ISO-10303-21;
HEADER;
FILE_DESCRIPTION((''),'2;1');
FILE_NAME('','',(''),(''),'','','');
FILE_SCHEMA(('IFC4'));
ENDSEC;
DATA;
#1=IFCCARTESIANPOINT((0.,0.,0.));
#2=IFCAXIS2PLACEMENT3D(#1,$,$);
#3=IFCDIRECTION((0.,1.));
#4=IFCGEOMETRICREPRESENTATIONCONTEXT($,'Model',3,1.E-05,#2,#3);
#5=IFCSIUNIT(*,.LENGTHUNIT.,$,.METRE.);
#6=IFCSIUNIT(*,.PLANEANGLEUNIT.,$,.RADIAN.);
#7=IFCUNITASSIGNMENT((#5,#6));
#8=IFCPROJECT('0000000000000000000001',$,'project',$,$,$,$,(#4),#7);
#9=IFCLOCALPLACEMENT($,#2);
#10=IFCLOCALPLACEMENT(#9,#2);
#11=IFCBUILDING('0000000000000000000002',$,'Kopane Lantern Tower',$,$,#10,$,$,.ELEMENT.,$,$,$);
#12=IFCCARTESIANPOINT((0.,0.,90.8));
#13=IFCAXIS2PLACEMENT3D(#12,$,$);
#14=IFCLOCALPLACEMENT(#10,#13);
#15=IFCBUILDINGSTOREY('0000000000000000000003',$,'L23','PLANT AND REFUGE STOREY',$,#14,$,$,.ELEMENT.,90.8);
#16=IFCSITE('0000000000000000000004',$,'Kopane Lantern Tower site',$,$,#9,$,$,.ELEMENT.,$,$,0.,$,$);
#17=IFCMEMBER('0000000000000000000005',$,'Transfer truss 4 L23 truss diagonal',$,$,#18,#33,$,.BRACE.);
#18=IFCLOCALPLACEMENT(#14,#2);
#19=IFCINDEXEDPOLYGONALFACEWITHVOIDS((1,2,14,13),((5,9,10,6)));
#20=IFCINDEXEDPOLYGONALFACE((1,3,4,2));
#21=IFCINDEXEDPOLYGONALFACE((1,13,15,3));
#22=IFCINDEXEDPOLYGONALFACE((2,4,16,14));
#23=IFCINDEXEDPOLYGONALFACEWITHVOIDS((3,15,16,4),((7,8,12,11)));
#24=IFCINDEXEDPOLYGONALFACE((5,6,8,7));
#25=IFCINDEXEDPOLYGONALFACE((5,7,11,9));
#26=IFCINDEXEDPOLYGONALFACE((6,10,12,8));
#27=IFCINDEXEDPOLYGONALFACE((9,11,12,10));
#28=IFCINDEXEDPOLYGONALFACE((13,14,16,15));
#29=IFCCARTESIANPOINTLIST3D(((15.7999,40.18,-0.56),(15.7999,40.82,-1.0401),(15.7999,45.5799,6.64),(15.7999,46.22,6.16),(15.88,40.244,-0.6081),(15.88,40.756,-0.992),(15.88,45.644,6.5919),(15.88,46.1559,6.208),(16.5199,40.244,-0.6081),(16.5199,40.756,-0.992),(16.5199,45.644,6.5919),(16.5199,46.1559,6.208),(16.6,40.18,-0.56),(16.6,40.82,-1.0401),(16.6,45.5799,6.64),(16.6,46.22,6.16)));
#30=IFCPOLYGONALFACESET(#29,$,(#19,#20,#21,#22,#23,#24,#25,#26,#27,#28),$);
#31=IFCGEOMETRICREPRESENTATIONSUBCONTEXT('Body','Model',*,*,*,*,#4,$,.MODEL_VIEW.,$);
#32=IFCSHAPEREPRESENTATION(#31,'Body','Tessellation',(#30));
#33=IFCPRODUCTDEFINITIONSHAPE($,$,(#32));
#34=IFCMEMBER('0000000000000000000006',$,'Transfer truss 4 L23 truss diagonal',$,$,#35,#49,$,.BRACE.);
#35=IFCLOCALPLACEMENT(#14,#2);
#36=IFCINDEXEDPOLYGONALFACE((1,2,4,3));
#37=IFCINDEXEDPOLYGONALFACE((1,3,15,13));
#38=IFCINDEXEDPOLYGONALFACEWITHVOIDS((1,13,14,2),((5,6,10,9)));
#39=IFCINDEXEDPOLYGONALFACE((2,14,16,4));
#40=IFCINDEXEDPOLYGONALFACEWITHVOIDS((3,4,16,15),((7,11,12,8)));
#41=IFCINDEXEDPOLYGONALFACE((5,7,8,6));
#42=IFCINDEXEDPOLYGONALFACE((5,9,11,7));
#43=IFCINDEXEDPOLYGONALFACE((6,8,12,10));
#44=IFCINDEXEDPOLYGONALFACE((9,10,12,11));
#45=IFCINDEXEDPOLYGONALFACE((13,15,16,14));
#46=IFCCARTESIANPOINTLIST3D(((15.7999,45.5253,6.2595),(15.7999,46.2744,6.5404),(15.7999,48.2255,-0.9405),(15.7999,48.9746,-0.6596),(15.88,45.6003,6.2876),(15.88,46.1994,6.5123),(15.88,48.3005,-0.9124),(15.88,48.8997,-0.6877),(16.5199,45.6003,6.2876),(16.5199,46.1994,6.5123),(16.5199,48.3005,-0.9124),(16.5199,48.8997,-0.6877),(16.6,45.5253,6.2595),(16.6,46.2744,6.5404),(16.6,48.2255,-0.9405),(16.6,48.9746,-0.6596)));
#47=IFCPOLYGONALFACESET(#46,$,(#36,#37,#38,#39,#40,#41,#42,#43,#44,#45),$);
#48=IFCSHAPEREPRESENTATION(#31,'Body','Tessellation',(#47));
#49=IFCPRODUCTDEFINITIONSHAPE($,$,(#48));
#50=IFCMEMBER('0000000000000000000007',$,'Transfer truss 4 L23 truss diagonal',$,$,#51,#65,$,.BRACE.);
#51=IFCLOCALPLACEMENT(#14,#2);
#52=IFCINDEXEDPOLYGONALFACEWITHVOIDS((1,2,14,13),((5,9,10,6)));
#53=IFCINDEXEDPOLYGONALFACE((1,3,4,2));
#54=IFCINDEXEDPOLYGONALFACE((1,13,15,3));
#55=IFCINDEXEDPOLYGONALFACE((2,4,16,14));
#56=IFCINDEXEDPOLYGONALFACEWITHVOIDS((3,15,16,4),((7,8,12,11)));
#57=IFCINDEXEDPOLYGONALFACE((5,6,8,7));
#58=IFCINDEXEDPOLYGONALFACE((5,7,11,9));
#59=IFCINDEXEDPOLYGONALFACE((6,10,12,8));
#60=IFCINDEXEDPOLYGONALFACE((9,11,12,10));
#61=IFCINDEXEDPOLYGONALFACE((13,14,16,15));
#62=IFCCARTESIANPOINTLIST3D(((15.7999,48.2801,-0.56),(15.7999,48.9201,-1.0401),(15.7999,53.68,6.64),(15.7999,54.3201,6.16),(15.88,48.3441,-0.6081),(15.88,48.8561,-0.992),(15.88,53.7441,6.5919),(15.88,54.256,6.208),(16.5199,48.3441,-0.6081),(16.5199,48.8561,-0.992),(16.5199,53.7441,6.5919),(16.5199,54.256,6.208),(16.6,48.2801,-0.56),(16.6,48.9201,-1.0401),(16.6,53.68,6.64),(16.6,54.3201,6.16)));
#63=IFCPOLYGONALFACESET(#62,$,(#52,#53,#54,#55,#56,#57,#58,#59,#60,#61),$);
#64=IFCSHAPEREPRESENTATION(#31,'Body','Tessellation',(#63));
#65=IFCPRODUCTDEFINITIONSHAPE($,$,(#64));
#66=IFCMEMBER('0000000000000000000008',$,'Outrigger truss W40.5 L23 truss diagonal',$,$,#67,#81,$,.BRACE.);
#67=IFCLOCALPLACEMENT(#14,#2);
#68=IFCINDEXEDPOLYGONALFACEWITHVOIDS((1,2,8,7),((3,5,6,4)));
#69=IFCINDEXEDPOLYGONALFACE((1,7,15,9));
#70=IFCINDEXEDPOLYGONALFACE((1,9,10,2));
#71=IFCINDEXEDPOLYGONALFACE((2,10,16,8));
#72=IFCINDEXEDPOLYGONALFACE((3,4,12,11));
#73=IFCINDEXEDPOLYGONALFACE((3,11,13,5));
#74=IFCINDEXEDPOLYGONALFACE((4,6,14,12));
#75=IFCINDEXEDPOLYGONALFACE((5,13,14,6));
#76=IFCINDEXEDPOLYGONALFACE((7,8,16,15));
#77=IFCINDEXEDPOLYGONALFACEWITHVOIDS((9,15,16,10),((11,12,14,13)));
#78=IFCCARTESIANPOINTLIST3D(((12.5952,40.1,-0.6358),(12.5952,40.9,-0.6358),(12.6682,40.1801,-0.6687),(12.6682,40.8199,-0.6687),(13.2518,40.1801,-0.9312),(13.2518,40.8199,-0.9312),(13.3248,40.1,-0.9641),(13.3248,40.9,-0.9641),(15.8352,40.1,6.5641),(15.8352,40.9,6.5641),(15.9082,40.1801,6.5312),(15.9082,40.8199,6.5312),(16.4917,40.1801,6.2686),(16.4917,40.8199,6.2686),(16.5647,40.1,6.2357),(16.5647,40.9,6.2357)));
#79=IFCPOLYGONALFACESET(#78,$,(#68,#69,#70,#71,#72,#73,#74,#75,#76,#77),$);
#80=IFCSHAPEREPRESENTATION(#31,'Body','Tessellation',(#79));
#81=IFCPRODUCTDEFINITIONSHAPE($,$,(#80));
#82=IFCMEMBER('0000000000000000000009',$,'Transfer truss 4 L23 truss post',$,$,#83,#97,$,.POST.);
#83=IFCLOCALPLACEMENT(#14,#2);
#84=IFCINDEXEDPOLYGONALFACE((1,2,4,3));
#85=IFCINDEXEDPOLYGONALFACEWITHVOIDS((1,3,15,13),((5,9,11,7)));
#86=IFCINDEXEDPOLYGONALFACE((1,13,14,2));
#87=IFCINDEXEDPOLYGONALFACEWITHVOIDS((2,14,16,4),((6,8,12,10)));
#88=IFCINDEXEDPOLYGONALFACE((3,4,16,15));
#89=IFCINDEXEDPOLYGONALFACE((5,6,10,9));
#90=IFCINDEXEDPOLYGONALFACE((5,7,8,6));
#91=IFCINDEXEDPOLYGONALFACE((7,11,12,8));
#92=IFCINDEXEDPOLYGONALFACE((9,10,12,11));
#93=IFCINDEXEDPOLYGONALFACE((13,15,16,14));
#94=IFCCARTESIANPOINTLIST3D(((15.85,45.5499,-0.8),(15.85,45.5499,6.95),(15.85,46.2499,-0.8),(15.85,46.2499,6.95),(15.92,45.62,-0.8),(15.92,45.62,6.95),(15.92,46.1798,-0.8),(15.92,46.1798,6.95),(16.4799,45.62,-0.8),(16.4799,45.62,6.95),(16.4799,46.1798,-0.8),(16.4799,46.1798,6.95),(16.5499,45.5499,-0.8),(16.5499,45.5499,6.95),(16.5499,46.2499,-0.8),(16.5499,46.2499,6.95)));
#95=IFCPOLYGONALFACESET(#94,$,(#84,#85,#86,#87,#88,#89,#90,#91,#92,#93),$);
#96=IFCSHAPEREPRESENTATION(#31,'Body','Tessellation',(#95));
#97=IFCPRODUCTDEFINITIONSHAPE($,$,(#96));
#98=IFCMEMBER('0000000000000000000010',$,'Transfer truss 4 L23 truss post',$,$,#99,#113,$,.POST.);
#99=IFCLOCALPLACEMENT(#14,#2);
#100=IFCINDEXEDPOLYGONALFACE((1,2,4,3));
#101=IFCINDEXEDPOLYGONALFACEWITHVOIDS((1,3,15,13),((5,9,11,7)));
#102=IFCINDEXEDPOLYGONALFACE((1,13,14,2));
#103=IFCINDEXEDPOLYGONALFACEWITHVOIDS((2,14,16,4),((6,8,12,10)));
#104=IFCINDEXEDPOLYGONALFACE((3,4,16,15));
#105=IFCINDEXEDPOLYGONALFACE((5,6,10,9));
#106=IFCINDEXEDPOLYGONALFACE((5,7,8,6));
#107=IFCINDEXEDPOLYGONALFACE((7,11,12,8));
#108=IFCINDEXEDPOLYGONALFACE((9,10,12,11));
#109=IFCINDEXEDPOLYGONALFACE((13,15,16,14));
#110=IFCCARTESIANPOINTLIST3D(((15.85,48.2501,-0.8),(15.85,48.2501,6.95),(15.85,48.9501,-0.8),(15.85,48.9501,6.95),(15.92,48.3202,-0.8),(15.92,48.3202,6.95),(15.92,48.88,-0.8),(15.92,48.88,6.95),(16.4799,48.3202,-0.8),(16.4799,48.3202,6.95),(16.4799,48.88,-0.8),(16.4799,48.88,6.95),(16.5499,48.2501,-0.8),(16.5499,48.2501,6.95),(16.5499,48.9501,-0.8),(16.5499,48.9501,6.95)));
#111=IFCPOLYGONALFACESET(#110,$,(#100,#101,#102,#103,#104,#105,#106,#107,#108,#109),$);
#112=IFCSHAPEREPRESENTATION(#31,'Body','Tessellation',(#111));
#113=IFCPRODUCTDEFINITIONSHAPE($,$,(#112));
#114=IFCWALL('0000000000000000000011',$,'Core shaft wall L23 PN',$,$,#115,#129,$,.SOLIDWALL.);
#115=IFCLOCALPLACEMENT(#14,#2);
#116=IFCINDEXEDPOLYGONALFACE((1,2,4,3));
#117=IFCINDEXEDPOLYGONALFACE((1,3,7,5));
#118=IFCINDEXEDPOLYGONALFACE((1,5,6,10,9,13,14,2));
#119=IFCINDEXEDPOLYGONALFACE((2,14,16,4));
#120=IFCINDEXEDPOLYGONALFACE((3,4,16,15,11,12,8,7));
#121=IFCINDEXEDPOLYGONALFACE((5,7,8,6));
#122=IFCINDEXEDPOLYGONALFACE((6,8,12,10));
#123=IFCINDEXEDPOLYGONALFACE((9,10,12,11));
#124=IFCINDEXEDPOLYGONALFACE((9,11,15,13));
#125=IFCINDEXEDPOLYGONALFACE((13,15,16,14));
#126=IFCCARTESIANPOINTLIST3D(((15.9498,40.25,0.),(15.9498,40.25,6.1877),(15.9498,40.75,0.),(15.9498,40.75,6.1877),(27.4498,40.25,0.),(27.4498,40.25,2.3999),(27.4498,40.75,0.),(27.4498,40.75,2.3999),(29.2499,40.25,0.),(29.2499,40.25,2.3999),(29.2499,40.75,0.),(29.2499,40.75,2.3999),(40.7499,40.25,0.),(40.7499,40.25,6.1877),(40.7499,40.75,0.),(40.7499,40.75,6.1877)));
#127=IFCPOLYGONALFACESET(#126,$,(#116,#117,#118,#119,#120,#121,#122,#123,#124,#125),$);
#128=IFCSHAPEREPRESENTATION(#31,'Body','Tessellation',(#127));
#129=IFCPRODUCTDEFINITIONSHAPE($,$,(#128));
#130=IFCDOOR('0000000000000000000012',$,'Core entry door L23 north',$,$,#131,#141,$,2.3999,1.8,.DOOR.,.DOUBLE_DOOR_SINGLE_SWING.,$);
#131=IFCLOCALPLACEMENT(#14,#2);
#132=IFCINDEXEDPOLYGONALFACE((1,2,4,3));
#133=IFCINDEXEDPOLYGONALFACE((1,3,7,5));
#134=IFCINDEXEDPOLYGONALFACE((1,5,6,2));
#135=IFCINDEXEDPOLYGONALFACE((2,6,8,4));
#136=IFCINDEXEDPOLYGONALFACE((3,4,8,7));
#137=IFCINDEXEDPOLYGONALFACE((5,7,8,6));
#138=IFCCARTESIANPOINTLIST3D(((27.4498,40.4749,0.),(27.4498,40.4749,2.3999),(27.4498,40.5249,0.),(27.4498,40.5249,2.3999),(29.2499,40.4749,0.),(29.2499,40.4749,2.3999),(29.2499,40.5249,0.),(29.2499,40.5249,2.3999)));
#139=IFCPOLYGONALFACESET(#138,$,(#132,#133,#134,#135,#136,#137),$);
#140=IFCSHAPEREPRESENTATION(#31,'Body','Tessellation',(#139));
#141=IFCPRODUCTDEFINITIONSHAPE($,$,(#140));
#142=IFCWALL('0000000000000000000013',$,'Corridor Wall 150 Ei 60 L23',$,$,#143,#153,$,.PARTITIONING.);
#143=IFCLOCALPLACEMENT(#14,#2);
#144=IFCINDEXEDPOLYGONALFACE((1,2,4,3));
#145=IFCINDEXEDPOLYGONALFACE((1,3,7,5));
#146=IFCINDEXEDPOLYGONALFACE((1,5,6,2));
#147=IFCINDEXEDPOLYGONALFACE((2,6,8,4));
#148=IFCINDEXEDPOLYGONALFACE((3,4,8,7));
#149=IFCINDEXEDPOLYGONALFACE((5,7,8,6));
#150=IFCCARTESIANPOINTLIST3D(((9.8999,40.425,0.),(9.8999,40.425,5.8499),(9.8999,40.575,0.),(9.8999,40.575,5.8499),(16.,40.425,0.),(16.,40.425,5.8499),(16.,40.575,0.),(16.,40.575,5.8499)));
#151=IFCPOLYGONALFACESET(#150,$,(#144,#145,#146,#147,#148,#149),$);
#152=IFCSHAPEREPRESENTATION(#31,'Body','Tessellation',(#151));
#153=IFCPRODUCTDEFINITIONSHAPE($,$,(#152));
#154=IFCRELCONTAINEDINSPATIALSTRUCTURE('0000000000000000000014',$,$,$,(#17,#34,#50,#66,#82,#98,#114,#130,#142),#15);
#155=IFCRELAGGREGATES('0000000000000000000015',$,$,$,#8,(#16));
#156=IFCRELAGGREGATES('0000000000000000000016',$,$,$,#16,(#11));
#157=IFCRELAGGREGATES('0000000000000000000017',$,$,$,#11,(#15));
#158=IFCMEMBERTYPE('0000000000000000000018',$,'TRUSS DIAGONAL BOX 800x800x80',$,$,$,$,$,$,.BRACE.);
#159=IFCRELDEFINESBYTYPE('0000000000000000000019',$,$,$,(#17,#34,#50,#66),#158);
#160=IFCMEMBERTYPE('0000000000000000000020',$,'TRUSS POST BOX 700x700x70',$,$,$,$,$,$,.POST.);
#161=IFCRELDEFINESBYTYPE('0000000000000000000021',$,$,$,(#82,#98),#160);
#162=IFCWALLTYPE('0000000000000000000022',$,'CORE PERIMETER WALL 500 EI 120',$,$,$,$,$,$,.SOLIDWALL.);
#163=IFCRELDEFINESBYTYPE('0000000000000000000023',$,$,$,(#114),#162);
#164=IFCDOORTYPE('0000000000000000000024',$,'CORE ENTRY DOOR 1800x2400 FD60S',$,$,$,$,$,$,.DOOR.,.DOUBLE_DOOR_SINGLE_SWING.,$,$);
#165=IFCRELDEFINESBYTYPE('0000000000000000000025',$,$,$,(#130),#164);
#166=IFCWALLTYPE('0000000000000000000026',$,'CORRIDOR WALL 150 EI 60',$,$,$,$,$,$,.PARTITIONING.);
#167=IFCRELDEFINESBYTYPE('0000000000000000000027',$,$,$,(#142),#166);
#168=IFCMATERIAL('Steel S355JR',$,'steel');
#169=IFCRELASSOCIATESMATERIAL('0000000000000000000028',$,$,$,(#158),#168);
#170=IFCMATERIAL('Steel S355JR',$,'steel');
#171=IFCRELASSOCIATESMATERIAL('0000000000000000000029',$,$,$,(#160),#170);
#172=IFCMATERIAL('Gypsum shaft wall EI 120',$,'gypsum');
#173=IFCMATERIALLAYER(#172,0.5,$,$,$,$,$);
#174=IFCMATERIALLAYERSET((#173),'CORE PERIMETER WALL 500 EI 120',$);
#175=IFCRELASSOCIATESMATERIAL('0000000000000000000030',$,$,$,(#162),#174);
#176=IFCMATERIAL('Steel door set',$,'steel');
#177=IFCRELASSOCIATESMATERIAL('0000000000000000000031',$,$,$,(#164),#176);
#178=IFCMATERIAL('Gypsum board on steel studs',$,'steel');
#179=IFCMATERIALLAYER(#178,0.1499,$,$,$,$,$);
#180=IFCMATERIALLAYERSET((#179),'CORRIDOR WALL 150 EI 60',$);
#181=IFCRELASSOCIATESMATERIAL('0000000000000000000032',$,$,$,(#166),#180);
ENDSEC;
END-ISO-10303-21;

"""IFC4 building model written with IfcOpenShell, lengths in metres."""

from ifc_helpers import new_model, si_unit, direction, frame, frame_2d, origin, origin_2d, place, context, subcontext, project, spatial, rectangle, hollow_rectangle, extrude, material, layer, layer_set, material_profile, profile_set, type_object, element, fill, save


model = new_model("IFC4")

# Units and contexts
model_context = context("Model", 3, precision=1e-05, world=origin(), true_north=direction((0.0, 1.0)))
body_context = subcontext(model_context, "Body", "Model", "MODEL_VIEW")
ifc_project = project(units=[si_unit("LENGTHUNIT", "METRE"), si_unit("PLANEANGLEUNIT", "RADIAN")], contexts=[model_context])

# Site, building, storey
site_placement = place(None, origin())
site = spatial("IfcSite", under=ifc_project, at=site_placement, Name="Kopane Lantern Tower site", CompositionType="ELEMENT", RefElevation=0.0)
building_placement = place(site_placement, origin())
building = spatial("IfcBuilding", under=site, at=building_placement, Name="Kopane Lantern Tower", CompositionType="ELEMENT")
storey_placement = place(building_placement, frame((0.0, 0.0, 90.8)))
storey = spatial("IfcBuildingStorey", under=building, at=storey_placement, Name="L23", Description="PLANT AND REFUGE STOREY", CompositionType="ELEMENT", Elevation=90.8)

# Members
ifc_material_1 = material(Name="Steel S355JR", Category="steel")
ifc_material_profile_1 = material_profile(ifc_material_1, hollow_rectangle(XDim=0.8, YDim=0.8, WallThickness=0.0801, at=origin_2d()), Name="BOX 800x800x80")
ifc_profile_set_1 = profile_set([ifc_material_profile_1], Name="Steel S355JR")
member_type_1 = type_object("IfcMemberType", Name="TRUSS DIAGONAL BOX 800x800x80", PredefinedType="BRACE", material=ifc_profile_set_1)
member_1_placement = place(storey_placement, frame((16.2, 40.5, -0.8), z_axis=(0.0, 0.599996, 0.800003), x_axis=(-1.0, 0.0, 0.0)))
element("IfcMember", 1, at=member_1_placement, inside=storey, type_object=member_type_1, Name="Transfer truss 4 L23 truss diagonal", PredefinedType="BRACE", context=body_context, shape_type="SweptSolid", body=[
    extrude(hollow_rectangle(XDim=0.8, YDim=0.8, WallThickness=0.0801, at=origin_2d()), origin(), (0.0, 0.0, 1.0), 9.0),
])
member_2_placement = place(storey_placement, frame((16.2, 48.6001, -0.8), z_axis=(0.0, -0.351148, 0.93632), x_axis=(1.0, 0.0, 0.0)))
element("IfcMember", 2, at=member_2_placement, inside=storey, type_object=member_type_1, Name="Transfer truss 4 L23 truss diagonal", PredefinedType="BRACE", context=body_context, shape_type="SweptSolid", body=[
    extrude(hollow_rectangle(XDim=0.8, YDim=0.8, WallThickness=0.0801, at=origin_2d()), origin(), (0.0, 0.0, 1.0), 7.6897),
])
member_3_placement = place(storey_placement, frame((16.2, 48.6001, -0.8), z_axis=(0.0, 0.599996, 0.800003), x_axis=(-1.0, 0.0, 0.0)))
element("IfcMember", 3, at=member_3_placement, inside=storey, type_object=member_type_1, Name="Transfer truss 4 L23 truss diagonal", PredefinedType="BRACE", context=body_context, shape_type="SweptSolid", body=[
    extrude(hollow_rectangle(XDim=0.8, YDim=0.8, WallThickness=0.0801, at=origin_2d()), origin(), (0.0, 0.0, 1.0), 9.0),
])
member_4_placement = place(storey_placement, frame((16.2, 40.5, 6.3999), z_axis=(-0.410366, 0.0, -0.911921), x_axis=(0.0, -1.0, 0.0)))
element("IfcMember", 4, at=member_4_placement, inside=storey, type_object=member_type_1, Name="Outrigger truss W40.5 L23 truss diagonal", PredefinedType="BRACE", context=body_context, shape_type="SweptSolid", body=[
    extrude(hollow_rectangle(XDim=0.8, YDim=0.8, WallThickness=0.0801, at=origin_2d()), origin(), (0.0, 0.0, 1.0), 7.8953),
])
ifc_material_2 = material(Name="Steel S355JR", Category="steel")
ifc_material_profile_2 = material_profile(ifc_material_2, hollow_rectangle(XDim=0.7, YDim=0.7, WallThickness=0.0701, at=origin_2d()), Name="BOX 700x700x70")
ifc_profile_set_2 = profile_set([ifc_material_profile_2], Name="Steel S355JR")
member_type_2 = type_object("IfcMemberType", Name="TRUSS POST BOX 700x700x70", PredefinedType="POST", material=ifc_profile_set_2)
for number, where, z_axis, x_axis, name in (
    (5, (16.2, 45.8999, -0.8), (0.0, 0.0, 1.0), (1.0, 0.0, 0.0), "Transfer truss 4 L23 truss post"),
    (6, (16.2, 48.6001, -0.8), (0.0, 0.0, 1.0), (1.0, 0.0, 0.0), "Transfer truss 4 L23 truss post"),
):
    element("IfcMember", number, at=place(storey_placement, frame(where, z_axis=z_axis, x_axis=x_axis)), inside=storey, type_object=member_type_2, Name=name, PredefinedType="POST", context=body_context, shape_type="SweptSolid", body=[
        extrude(hollow_rectangle(XDim=0.7, YDim=0.7, WallThickness=0.0701, at=origin_2d()), origin(), (0.0, 0.0, 1.0), 7.75),
    ])

# Wall, opening, door
ifc_material_3 = material(Name="Gypsum shaft wall EI 120", Category="gypsum")
ifc_layer_1 = layer(ifc_material_3, 0.5)
ifc_layer_set_1 = layer_set([ifc_layer_1], Name="CORE PERIMETER WALL 500 EI 120")
wall_type_1 = type_object("IfcWallType", Name="CORE PERIMETER WALL 500 EI 120", PredefinedType="SOLIDWALL", material=ifc_layer_set_1)
wall_1_placement = place(storey_placement, frame((15.95, 40.5, 0.0), z_axis=(0.0, 0.0, 1.0), x_axis=(1.0, 0.0, 0.0)))
wall_1 = element("IfcWall", 7, at=wall_1_placement, inside=storey, type_object=wall_type_1, Name="Core shaft wall L23 PN", PredefinedType="SOLIDWALL", context=body_context, shape_type="SweptSolid", body=[
    extrude(rectangle(XDim=24.8, YDim=0.5, at=frame_2d((12.3999, 0.0))), origin(), (0.0, 0.0, 1.0), 6.1877),
])
opening_1_placement = place(wall_1_placement, frame((11.5, 0.0, 0.0)))
opening_1 = element("IfcOpeningElement", 8, at=opening_1_placement, cuts=wall_1, PredefinedType="OPENING", context=body_context, shape_type="SweptSolid", body=[
    extrude(rectangle(XDim=1.8, YDim=2.3999, at=frame_2d((0.8999, 1.2))), frame((0.0, 0.26, 0.0), z_axis=(0.0, -1.0, 0.0), x_axis=(1.0, 0.0, 0.0)), (0.0, 0.0, 1.0), 0.52),
])
ifc_material_4 = material(Name="Steel door set", Category="steel")
door_type_1 = type_object("IfcDoorType", Name="CORE ENTRY DOOR 1800x2400 FD60S", OperationType="DOUBLE_DOOR_SINGLE_SWING", PredefinedType="DOOR", material=ifc_material_4)
door_1_placement = place(opening_1_placement, origin())
door_1 = element("IfcDoor", 9, at=door_1_placement, inside=storey, type_object=door_type_1, Name="Core entry door L23 north", OperationType="DOUBLE_DOOR_SINGLE_SWING", OverallHeight=2.3999, OverallWidth=1.8, PredefinedType="DOOR", context=body_context, shape_type="SweptSolid", body=[
    extrude(rectangle(XDim=1.8, YDim=2.3999, at=frame_2d((0.8999, 1.2))), frame((0.0, 0.0249, 0.0), z_axis=(0.0, -1.0, 0.0), x_axis=(1.0, 0.0, 0.0)), (0.0, 0.0, 1.0), 0.05),
])
fill(opening_1, door_1)

# Wall
ifc_material_5 = material(Name="Gypsum board on steel studs", Category="steel")
ifc_layer_2 = layer(ifc_material_5, 0.1499)
ifc_layer_set_2 = layer_set([ifc_layer_2], Name="CORRIDOR WALL 150 EI 60")
wall_type_2 = type_object("IfcWallType", Name="CORRIDOR WALL 150 EI 60", PredefinedType="PARTITIONING", material=ifc_layer_set_2)
wall_2_placement = place(storey_placement, frame((16.0, 40.5, 0.0), z_axis=(0.0, 0.0, 1.0), x_axis=(-1.0, 0.0, 0.0)))
element("IfcWall", 10, at=wall_2_placement, inside=storey, type_object=wall_type_2, Name="Corridor Wall 150 Ei 60 L23", PredefinedType="PARTITIONING", context=body_context, shape_type="SweptSolid", body=[
    extrude(rectangle(XDim=6.1001, YDim=0.1499, at=frame_2d((3.05, 0.0))), origin(), (0.0, 0.0, 1.0), 5.8499),
])

save(model, "model.ifc")
